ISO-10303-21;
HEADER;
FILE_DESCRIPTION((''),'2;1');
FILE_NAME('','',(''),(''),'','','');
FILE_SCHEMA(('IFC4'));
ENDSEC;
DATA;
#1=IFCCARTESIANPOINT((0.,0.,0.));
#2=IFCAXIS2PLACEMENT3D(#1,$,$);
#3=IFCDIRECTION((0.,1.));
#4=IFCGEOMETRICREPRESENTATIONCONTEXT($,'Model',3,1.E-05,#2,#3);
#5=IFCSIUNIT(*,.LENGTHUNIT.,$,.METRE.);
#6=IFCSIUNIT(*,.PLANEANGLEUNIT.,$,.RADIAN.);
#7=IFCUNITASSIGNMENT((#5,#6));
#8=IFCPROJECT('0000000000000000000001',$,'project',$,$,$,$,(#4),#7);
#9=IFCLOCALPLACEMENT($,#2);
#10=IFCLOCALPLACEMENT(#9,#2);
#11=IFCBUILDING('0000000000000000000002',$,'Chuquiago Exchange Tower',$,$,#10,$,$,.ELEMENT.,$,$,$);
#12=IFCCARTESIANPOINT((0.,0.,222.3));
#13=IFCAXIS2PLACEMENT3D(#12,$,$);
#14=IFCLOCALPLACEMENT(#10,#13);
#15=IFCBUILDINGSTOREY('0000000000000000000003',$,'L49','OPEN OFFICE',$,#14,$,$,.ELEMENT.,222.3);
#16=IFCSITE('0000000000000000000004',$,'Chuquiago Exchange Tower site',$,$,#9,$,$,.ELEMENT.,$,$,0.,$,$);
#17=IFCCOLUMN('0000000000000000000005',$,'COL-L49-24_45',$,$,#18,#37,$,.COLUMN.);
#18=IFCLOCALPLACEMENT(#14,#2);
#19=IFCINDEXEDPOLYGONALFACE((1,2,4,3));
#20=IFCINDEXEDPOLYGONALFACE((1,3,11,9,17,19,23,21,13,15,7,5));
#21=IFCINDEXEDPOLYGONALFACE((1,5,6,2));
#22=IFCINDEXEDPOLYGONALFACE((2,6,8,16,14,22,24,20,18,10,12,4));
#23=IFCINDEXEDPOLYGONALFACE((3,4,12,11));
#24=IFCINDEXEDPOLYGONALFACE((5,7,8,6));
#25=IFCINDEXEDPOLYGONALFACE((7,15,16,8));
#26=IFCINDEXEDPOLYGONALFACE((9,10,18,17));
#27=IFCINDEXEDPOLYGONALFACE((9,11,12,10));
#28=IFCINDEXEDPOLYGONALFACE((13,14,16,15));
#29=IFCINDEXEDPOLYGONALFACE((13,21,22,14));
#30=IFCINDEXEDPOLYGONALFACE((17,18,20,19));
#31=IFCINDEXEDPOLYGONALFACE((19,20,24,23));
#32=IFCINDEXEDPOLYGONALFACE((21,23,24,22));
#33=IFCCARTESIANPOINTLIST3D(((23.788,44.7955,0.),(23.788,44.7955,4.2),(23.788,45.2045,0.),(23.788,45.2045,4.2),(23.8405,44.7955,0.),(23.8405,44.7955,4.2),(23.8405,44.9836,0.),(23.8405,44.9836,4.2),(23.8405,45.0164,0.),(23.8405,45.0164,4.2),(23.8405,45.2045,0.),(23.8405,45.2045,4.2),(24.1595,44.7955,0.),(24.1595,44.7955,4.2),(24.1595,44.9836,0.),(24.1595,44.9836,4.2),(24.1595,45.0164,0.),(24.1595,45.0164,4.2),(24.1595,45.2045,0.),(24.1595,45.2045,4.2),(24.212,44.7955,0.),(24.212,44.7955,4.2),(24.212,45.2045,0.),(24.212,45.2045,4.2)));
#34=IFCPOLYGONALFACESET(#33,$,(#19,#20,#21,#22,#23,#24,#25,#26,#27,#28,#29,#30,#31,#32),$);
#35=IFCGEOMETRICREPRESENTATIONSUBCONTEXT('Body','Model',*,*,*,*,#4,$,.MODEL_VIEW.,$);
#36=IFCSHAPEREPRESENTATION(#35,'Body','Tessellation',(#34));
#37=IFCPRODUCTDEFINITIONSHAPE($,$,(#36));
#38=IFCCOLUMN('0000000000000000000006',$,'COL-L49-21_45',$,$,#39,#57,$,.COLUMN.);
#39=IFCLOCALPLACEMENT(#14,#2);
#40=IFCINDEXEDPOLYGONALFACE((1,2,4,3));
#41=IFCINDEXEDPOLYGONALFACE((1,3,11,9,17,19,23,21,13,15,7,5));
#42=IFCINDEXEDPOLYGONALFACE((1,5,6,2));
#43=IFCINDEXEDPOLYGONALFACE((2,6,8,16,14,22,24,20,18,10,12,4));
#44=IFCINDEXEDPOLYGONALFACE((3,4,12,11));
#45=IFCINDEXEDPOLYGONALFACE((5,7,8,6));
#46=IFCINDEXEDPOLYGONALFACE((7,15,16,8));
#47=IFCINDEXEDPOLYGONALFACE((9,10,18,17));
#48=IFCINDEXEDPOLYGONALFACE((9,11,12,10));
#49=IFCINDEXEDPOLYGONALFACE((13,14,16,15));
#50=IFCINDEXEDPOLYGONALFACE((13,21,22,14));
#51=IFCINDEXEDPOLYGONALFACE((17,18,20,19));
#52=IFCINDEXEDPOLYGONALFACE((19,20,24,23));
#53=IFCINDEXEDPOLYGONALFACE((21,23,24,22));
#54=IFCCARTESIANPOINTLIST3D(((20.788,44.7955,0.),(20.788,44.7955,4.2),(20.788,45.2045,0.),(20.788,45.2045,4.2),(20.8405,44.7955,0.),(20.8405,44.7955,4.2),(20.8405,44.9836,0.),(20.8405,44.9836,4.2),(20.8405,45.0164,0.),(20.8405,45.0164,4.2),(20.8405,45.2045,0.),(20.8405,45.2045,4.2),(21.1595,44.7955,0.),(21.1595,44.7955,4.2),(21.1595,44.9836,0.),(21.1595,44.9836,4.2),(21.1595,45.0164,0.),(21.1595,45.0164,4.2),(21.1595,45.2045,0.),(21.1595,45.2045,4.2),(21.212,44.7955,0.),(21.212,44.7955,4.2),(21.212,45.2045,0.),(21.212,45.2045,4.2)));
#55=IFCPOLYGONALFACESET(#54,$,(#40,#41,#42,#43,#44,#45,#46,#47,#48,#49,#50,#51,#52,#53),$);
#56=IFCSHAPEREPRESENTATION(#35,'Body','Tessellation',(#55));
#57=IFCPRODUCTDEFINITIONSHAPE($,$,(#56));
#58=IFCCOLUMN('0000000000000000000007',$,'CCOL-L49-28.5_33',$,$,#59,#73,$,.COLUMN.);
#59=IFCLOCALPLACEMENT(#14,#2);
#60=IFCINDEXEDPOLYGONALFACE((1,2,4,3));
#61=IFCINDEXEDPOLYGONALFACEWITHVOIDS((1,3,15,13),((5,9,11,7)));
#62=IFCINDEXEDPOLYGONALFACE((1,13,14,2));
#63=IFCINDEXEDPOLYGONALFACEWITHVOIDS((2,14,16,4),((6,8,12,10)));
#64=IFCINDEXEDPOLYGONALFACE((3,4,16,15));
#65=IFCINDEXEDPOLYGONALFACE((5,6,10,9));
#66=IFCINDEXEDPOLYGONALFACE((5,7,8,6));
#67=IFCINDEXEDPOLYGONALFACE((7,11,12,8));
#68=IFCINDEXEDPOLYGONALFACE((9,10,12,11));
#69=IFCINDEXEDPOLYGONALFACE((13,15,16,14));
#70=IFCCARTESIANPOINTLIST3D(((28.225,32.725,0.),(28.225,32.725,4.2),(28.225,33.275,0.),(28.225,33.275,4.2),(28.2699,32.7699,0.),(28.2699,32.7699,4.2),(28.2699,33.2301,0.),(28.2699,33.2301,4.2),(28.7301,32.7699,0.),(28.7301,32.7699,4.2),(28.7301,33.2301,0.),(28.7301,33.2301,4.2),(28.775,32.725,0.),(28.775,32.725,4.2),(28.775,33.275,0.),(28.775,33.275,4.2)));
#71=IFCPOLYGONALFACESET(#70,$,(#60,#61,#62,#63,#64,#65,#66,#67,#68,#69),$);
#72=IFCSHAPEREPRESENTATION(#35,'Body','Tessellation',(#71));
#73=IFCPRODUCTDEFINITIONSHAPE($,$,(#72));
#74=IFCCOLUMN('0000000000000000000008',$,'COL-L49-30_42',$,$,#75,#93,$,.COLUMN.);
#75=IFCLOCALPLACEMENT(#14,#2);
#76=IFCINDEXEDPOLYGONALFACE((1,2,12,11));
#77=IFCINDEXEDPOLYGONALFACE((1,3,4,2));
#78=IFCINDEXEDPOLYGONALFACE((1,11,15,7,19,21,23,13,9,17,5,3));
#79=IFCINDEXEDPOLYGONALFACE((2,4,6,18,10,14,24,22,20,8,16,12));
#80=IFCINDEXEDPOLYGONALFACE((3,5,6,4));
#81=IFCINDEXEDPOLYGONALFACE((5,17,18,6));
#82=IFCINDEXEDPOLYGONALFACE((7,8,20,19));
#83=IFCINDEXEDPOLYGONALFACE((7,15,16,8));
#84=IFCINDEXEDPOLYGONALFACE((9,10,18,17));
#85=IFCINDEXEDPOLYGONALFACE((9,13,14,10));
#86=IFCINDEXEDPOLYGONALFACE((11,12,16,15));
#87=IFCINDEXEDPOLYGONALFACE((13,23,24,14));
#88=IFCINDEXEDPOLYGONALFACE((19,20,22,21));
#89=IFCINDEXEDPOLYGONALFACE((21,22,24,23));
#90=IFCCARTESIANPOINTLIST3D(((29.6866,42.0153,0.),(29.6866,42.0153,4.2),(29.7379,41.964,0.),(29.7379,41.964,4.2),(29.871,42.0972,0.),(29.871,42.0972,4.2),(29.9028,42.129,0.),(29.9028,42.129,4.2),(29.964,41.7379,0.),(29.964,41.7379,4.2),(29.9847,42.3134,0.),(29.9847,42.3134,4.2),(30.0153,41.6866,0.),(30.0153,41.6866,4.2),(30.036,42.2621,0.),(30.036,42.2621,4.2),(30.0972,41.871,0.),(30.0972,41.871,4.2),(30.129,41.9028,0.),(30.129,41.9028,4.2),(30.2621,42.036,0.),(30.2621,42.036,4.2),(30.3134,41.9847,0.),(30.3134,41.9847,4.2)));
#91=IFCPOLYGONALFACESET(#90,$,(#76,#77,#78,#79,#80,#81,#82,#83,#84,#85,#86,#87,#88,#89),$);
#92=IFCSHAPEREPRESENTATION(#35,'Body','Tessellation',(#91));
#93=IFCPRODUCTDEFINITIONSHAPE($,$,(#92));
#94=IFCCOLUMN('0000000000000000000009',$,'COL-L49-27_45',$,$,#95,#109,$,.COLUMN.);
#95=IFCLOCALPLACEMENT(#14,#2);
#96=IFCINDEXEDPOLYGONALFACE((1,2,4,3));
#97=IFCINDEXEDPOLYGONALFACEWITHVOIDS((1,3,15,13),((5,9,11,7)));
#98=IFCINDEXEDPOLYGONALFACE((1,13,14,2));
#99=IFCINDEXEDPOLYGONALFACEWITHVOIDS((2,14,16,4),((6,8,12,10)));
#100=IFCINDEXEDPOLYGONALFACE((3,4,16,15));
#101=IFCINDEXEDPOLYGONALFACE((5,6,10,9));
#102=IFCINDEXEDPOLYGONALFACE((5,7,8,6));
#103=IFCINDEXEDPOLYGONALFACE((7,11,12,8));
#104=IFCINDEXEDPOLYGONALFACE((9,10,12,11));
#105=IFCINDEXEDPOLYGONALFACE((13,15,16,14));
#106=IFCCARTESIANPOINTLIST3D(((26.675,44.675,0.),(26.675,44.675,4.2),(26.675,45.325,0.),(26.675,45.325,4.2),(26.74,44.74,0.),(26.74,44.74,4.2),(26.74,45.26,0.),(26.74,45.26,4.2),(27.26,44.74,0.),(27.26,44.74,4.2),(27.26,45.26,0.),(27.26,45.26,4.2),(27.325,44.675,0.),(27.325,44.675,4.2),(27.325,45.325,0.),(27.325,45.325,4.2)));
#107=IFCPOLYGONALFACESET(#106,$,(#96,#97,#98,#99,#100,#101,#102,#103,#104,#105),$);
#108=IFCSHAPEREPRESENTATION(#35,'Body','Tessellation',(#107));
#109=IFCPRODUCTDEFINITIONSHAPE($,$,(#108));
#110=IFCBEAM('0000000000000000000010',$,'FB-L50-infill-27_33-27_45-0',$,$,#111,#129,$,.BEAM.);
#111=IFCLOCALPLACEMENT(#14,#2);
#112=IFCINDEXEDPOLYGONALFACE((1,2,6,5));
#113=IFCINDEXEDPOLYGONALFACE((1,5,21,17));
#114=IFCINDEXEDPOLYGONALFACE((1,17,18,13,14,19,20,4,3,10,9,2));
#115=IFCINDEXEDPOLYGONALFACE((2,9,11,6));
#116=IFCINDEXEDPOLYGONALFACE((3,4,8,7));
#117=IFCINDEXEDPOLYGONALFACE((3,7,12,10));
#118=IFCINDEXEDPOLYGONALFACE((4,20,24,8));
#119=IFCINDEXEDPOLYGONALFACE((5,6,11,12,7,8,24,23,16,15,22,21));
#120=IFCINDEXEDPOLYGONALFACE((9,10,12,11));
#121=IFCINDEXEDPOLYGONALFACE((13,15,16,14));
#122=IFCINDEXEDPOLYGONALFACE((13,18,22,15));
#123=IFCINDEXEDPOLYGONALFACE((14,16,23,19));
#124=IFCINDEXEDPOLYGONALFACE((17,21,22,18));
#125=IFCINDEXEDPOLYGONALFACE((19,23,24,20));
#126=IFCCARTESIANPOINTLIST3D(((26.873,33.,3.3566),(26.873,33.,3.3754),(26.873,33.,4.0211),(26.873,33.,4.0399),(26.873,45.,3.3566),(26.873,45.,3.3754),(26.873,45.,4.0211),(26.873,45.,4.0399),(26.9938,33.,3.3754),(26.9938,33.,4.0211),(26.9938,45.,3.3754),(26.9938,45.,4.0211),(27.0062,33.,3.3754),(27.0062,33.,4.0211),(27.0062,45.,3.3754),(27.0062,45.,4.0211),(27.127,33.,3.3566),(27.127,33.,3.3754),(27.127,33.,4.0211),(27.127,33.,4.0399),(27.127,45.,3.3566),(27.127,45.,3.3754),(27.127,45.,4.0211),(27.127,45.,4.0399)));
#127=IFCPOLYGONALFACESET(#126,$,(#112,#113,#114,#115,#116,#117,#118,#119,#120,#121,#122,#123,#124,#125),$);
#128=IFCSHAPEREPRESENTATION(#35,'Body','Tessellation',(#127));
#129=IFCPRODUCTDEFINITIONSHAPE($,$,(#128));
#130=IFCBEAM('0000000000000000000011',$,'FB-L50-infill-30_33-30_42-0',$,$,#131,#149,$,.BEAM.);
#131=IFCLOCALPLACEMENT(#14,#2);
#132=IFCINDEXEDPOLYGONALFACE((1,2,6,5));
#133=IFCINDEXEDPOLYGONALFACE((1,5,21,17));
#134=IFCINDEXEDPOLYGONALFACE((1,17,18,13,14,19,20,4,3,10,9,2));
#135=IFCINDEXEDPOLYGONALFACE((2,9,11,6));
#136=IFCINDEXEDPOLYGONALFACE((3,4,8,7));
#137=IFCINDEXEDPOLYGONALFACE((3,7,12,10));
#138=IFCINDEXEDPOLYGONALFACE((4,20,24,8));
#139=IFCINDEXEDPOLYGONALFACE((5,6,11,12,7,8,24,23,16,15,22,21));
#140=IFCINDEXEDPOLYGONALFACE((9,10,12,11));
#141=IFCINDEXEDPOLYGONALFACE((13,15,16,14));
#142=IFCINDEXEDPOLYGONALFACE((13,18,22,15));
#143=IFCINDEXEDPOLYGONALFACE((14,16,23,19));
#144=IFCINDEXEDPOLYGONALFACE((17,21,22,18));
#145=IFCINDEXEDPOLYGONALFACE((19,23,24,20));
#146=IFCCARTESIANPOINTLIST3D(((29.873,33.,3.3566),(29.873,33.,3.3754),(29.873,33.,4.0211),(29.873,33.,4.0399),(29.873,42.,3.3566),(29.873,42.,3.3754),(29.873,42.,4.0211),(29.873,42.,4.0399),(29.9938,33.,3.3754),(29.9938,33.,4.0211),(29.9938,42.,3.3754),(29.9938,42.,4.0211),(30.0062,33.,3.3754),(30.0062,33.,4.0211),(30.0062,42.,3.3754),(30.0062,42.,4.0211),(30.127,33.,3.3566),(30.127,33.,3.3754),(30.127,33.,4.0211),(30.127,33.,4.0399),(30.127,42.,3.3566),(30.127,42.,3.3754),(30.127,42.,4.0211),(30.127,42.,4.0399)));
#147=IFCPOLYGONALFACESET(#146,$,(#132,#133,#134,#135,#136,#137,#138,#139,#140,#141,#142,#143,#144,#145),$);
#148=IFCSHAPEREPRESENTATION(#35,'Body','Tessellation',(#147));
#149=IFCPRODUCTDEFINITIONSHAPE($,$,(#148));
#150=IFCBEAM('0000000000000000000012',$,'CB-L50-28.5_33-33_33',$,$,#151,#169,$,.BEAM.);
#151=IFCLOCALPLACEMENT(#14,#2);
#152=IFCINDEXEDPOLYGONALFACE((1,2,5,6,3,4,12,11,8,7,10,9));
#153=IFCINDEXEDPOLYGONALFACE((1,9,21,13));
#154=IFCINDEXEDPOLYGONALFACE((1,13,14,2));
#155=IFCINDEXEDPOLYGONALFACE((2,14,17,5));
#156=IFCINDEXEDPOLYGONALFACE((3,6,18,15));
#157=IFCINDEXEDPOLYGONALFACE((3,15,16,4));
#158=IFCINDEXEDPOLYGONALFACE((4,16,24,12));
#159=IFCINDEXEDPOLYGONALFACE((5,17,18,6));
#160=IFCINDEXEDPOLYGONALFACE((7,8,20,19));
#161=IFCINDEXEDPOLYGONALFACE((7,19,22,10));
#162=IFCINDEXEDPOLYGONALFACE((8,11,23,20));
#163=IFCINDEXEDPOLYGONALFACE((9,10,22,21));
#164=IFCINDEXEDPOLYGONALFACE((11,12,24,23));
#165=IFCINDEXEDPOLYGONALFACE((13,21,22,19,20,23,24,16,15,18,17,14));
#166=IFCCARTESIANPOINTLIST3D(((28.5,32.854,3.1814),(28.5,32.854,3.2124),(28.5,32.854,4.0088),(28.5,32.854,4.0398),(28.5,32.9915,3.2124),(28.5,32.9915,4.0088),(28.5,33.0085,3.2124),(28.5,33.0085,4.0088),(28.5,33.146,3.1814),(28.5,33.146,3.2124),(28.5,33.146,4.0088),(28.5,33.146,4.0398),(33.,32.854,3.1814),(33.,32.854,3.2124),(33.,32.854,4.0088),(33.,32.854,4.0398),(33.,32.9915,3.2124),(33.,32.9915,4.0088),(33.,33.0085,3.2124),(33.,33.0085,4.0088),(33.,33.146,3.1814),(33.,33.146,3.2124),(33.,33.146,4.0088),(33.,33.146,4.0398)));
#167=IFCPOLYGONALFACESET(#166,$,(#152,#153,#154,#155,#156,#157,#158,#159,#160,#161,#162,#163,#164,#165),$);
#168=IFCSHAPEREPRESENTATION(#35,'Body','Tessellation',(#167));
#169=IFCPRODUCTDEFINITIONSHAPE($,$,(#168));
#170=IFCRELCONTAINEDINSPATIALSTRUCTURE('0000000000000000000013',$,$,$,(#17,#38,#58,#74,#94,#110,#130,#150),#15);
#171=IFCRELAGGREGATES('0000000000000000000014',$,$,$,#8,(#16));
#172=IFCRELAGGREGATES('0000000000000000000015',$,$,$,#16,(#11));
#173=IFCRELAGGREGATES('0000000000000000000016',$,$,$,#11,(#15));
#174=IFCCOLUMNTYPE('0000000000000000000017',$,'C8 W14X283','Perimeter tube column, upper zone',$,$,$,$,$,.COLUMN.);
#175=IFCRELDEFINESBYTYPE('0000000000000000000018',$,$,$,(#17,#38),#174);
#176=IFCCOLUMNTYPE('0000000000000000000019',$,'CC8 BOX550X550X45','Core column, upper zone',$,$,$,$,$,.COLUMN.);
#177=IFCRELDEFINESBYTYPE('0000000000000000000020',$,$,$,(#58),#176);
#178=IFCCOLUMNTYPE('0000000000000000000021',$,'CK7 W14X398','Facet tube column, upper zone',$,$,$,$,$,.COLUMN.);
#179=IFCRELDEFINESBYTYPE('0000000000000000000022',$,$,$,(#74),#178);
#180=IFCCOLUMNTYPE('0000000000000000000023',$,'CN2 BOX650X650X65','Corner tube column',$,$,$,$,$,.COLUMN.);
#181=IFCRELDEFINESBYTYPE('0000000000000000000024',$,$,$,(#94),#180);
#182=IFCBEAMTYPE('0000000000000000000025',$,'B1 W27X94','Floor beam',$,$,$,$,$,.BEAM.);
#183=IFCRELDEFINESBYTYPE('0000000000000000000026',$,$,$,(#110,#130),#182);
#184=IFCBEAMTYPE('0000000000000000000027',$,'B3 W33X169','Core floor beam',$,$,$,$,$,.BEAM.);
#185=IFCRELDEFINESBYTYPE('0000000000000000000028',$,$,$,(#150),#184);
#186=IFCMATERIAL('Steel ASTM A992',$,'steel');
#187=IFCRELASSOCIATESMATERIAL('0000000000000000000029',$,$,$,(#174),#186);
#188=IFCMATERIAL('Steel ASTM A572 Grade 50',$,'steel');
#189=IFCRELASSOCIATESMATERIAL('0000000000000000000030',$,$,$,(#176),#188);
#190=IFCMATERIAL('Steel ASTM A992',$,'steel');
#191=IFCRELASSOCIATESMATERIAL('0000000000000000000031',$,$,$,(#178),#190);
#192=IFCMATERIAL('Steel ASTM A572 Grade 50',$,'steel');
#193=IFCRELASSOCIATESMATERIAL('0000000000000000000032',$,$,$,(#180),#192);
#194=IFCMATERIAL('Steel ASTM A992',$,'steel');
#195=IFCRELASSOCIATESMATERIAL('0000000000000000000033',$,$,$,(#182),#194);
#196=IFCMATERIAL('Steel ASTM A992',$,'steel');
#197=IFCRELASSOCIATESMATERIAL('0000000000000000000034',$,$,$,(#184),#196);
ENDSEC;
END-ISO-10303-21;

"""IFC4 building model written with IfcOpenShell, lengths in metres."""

from ifc_helpers import new_model, si_unit, direction, frame, origin, origin_2d, place, context, subcontext, project, spatial, hollow_rectangle, i_section, extrude, material, material_profile, profile_set, type_object, element, save


model = new_model("IFC4")

# Units and contexts
model_context = context("Model", 3, precision=1e-05, world=origin(), true_north=direction((0.0, 1.0)))
body_context = subcontext(model_context, "Body", "Model", "MODEL_VIEW")
ifc_project = project(units=[si_unit("LENGTHUNIT", "METRE"), si_unit("PLANEANGLEUNIT", "RADIAN")], contexts=[model_context])

# Site, building, storey
site_placement = place(None, origin())
site = spatial("IfcSite", under=ifc_project, at=site_placement, Name="Chuquiago Exchange Tower site", CompositionType="ELEMENT", RefElevation=0.0)
building_placement = place(site_placement, origin())
building = spatial("IfcBuilding", under=site, at=building_placement, Name="Chuquiago Exchange Tower", CompositionType="ELEMENT")
storey_placement = place(building_placement, frame((0.0, 0.0, 222.3)))
storey = spatial("IfcBuildingStorey", under=building, at=storey_placement, Name="L49", Description="OPEN OFFICE", CompositionType="ELEMENT", Elevation=222.3)

# Columns
ifc_material_1 = material(Name="Steel ASTM A992", Category="steel")
ifc_material_profile_1 = material_profile(ifc_material_1, i_section(OverallWidth=0.4089, OverallDepth=0.4241, WebThickness=0.0327, FlangeThickness=0.0525, at=origin_2d()), Name="W14X283")
ifc_profile_set_1 = profile_set([ifc_material_profile_1], Name="Steel ASTM A992")
column_type_1 = type_object("IfcColumnType", Name="C8 W14X283", Description="Perimeter tube column, upper zone", PredefinedType="COLUMN", material=ifc_profile_set_1)
for number, where, z_axis, x_axis, name in (
    (1, (24.0, 45.0, 0.0), (0.0, 0.0, 1.0), (0.0, 1.0, 0.0), "COL-L49-24_45"),
    (2, (21.0, 45.0, 0.0), (0.0, 0.0, 1.0), (0.0, 1.0, 0.0), "COL-L49-21_45"),
):
    element("IfcColumn", number, at=place(storey_placement, frame(where, z_axis=z_axis, x_axis=x_axis)), inside=storey, type_object=column_type_1, Name=name, PredefinedType="COLUMN", context=body_context, shape_type="SweptSolid", body=[
        extrude(i_section(OverallWidth=0.4089, OverallDepth=0.4241, WebThickness=0.0327, FlangeThickness=0.0525, at=origin_2d()), origin(), (0.0, 0.0, 1.0), 4.2),
    ])
ifc_material_2 = material(Name="Steel ASTM A572 Grade 50", Category="steel")
ifc_material_profile_2 = material_profile(ifc_material_2, hollow_rectangle(XDim=0.55, YDim=0.55, WallThickness=0.0449, at=origin_2d()), Name="BOX550X550X45")
ifc_profile_set_2 = profile_set([ifc_material_profile_2], Name="Steel ASTM A572 Grade 50")
column_type_2 = type_object("IfcColumnType", Name="CC8 BOX550X550X45", Description="Core column, upper zone", PredefinedType="COLUMN", material=ifc_profile_set_2)
column_1_placement = place(storey_placement, frame((28.5, 33.0, 0.0), z_axis=(0.0, 0.0, 1.0), x_axis=(1.0, 0.0, 0.0)))
element("IfcColumn", 3, at=column_1_placement, inside=storey, type_object=column_type_2, Name="CCOL-L49-28.5_33", PredefinedType="COLUMN", context=body_context, shape_type="SweptSolid", body=[
    extrude(hollow_rectangle(XDim=0.55, YDim=0.55, WallThickness=0.0449, at=origin_2d()), origin(), (0.0, 0.0, 1.0), 4.2),
])
ifc_material_3 = material(Name="Steel ASTM A992", Category="steel")
ifc_material_profile_3 = material_profile(ifc_material_3, i_section(OverallWidth=0.4216, OverallDepth=0.4648, WebThickness=0.0449, FlangeThickness=0.0725, at=origin_2d()), Name="W14X398")
ifc_profile_set_3 = profile_set([ifc_material_profile_3], Name="Steel ASTM A992")
column_type_3 = type_object("IfcColumnType", Name="CK7 W14X398", Description="Facet tube column, upper zone", PredefinedType="COLUMN", material=ifc_profile_set_3)
column_2_placement = place(storey_placement, frame((30.0, 42.0, 0.0), z_axis=(0.0, 0.0, 1.0), x_axis=(0.707107, 0.707107, 0.0)))
element("IfcColumn", 4, at=column_2_placement, inside=storey, type_object=column_type_3, Name="COL-L49-30_42", PredefinedType="COLUMN", context=body_context, shape_type="SweptSolid", body=[
    extrude(i_section(OverallWidth=0.4216, OverallDepth=0.4648, WebThickness=0.0449, FlangeThickness=0.0725, at=origin_2d()), origin(), (0.0, 0.0, 1.0), 4.2),
])
ifc_material_4 = material(Name="Steel ASTM A572 Grade 50", Category="steel")
ifc_material_profile_4 = material_profile(ifc_material_4, hollow_rectangle(XDim=0.6499, YDim=0.6499, WallThickness=0.0649, at=origin_2d()), Name="BOX650X650X65")
ifc_profile_set_4 = profile_set([ifc_material_profile_4], Name="Steel ASTM A572 Grade 50")
column_type_4 = type_object("IfcColumnType", Name="CN2 BOX650X650X65", Description="Corner tube column", PredefinedType="COLUMN", material=ifc_profile_set_4)
column_3_placement = place(storey_placement, frame((27.0, 45.0, 0.0), z_axis=(0.0, 0.0, 1.0), x_axis=(0.0, 1.0, 0.0)))
element("IfcColumn", 5, at=column_3_placement, inside=storey, type_object=column_type_4, Name="COL-L49-27_45", PredefinedType="COLUMN", context=body_context, shape_type="SweptSolid", body=[
    extrude(hollow_rectangle(XDim=0.6499, YDim=0.6499, WallThickness=0.0649, at=origin_2d()), origin(), (0.0, 0.0, 1.0), 4.2),
])

# Beams
ifc_material_5 = material(Name="Steel ASTM A992", Category="steel")
ifc_material_profile_5 = material_profile(ifc_material_5, i_section(OverallWidth=0.2539, OverallDepth=0.6833, WebThickness=0.0125, FlangeThickness=0.0188, at=origin_2d()), Name="W27X94")
ifc_profile_set_5 = profile_set([ifc_material_profile_5], Name="Steel ASTM A992")
beam_type_1 = type_object("IfcBeamType", Name="B1 W27X94", Description="Floor beam", PredefinedType="BEAM", material=ifc_profile_set_5)
beam_1_placement = place(storey_placement, frame((27.0, 33.0, 3.6982), z_axis=(0.0, 1.0, 0.0), x_axis=(-1.0, 0.0, 0.0)))
element("IfcBeam", 6, at=beam_1_placement, inside=storey, type_object=beam_type_1, Name="FB-L50-infill-27_33-27_45-0", PredefinedType="BEAM", context=body_context, shape_type="SweptSolid", body=[
    extrude(i_section(OverallWidth=0.2539, OverallDepth=0.6833, WebThickness=0.0125, FlangeThickness=0.0188, at=origin_2d()), origin(), (0.0, 0.0, 1.0), 12.0),
])
beam_2_placement = place(storey_placement, frame((30.0, 33.0, 3.6982), z_axis=(0.0, 1.0, 0.0), x_axis=(-1.0, 0.0, 0.0)))
element("IfcBeam", 7, at=beam_2_placement, inside=storey, type_object=beam_type_1, Name="FB-L50-infill-30_33-30_42-0", PredefinedType="BEAM", context=body_context, shape_type="SweptSolid", body=[
    extrude(i_section(OverallWidth=0.2539, OverallDepth=0.6833, WebThickness=0.0125, FlangeThickness=0.0188, at=origin_2d()), origin(), (0.0, 0.0, 1.0), 9.0),
])
ifc_material_6 = material(Name="Steel ASTM A992", Category="steel")
ifc_material_profile_6 = material_profile(ifc_material_6, i_section(OverallWidth=0.292, OverallDepth=0.8584, WebThickness=0.0171, FlangeThickness=0.031, at=origin_2d()), Name="W33X169")
ifc_profile_set_6 = profile_set([ifc_material_profile_6], Name="Steel ASTM A992")
beam_type_2 = type_object("IfcBeamType", Name="B3 W33X169", Description="Core floor beam", PredefinedType="BEAM", material=ifc_profile_set_6)
beam_3_placement = place(storey_placement, frame((28.5, 33.0, 3.6106), z_axis=(1.0, 0.0, 0.0), x_axis=(0.0, 1.0, 0.0)))
element("IfcBeam", 8, at=beam_3_placement, inside=storey, type_object=beam_type_2, Name="CB-L50-28.5_33-33_33", PredefinedType="BEAM", context=body_context, shape_type="SweptSolid", body=[
    extrude(i_section(OverallWidth=0.292, OverallDepth=0.8584, WebThickness=0.0171, FlangeThickness=0.031, at=origin_2d()), origin(), (0.0, 0.0, 1.0), 4.5),
])

save(model, "model.ifc")
